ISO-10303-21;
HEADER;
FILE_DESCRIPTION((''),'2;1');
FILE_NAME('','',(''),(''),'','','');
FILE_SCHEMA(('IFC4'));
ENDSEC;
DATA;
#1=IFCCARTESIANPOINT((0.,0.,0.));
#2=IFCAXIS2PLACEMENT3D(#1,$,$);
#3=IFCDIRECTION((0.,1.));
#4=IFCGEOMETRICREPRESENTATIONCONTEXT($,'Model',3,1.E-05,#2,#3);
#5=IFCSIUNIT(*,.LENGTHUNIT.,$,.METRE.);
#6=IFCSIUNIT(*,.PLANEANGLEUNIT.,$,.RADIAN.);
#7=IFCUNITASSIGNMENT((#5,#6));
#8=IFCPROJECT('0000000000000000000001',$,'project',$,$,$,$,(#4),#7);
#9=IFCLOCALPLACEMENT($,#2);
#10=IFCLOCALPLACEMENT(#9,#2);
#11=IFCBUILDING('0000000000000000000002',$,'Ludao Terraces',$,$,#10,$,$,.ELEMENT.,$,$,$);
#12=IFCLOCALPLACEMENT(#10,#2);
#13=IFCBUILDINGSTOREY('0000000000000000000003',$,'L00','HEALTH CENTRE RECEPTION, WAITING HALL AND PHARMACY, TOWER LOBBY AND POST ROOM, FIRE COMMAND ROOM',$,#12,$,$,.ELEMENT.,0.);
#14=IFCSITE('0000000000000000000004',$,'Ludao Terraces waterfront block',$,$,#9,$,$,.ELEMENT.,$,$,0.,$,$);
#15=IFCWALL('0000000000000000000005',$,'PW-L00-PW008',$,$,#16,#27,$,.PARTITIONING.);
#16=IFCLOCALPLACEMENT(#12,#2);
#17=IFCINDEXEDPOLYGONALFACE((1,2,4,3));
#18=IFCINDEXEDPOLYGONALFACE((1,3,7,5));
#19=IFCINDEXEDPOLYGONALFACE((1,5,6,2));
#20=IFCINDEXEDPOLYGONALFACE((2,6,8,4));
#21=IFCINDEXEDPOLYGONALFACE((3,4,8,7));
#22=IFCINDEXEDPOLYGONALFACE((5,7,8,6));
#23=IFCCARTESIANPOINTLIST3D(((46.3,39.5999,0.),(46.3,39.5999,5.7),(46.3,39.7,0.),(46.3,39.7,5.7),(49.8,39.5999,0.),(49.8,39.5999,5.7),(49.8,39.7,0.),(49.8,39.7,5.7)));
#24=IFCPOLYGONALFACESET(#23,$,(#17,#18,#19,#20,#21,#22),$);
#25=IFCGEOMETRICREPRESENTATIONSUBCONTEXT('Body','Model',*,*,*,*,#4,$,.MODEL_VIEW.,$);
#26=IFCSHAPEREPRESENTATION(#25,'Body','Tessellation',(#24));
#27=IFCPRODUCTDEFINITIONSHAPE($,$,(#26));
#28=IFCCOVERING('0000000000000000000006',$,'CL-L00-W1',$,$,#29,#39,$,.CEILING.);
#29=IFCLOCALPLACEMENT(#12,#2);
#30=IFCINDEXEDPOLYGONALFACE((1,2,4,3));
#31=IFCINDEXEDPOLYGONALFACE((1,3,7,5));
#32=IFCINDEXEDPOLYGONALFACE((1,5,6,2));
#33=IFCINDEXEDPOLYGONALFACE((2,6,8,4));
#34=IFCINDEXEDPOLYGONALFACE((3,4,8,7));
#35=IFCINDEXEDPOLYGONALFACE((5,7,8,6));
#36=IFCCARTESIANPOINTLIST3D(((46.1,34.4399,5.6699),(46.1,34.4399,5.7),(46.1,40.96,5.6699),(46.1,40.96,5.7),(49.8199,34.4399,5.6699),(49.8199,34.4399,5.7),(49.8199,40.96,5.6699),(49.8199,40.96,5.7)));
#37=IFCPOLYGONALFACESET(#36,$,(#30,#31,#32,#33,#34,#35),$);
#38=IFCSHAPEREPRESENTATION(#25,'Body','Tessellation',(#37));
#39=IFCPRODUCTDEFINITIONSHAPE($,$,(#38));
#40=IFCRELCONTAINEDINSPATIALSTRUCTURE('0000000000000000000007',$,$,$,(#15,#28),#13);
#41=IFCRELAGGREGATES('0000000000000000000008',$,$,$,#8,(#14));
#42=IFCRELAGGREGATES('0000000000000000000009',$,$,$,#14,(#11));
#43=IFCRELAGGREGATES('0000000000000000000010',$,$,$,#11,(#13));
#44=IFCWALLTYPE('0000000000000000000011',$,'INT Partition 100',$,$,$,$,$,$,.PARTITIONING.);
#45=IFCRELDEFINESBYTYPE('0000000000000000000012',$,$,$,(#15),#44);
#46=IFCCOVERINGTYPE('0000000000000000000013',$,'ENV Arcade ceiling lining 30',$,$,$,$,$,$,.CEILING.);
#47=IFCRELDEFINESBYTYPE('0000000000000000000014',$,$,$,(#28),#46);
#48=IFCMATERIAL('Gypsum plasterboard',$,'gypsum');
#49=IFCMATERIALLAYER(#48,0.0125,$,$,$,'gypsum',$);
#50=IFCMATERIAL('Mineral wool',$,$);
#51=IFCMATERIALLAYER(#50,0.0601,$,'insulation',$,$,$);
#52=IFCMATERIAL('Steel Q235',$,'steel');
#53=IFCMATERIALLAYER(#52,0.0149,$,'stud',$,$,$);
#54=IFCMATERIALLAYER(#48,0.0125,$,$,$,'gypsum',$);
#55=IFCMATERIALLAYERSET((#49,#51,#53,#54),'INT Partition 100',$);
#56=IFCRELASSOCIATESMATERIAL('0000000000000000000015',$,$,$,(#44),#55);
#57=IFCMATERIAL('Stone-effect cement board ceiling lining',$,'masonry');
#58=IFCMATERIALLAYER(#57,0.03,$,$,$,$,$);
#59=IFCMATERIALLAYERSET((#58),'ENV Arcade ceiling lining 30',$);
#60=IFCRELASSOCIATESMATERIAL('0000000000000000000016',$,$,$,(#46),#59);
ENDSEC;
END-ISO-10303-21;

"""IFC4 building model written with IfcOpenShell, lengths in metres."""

from ifc_helpers import new_model, si_unit, direction, frame, frame_2d, origin, origin_2d, place, context, subcontext, project, spatial, rectangle, extrude, material, layer, layer_set, type_object, element, save


model = new_model("IFC4")

# Units and contexts
model_context = context("Model", 3, precision=1e-05, world=origin(), true_north=direction((0.0, 1.0)))
body_context = subcontext(model_context, "Body", "Model", "MODEL_VIEW")
ifc_project = project(units=[si_unit("LENGTHUNIT", "METRE"), si_unit("PLANEANGLEUNIT", "RADIAN")], contexts=[model_context])

# Site, building, storey
site_placement = place(None, origin())
site = spatial("IfcSite", under=ifc_project, at=site_placement, Name="Ludao Terraces waterfront block", CompositionType="ELEMENT", RefElevation=0.0)
building_placement = place(site_placement, origin())
building = spatial("IfcBuilding", under=site, at=building_placement, Name="Ludao Terraces", CompositionType="ELEMENT")
storey_placement = place(building_placement, origin())
storey = spatial("IfcBuildingStorey", under=building, at=storey_placement, Name="L00", Description="HEALTH CENTRE RECEPTION, WAITING HALL AND PHARMACY, TOWER LOBBY AND POST ROOM, FIRE COMMAND ROOM", CompositionType="ELEMENT", Elevation=0.0)

# Wall
ifc_material_1 = material(Name="Gypsum plasterboard", Category="gypsum")
ifc_layer_1 = layer(ifc_material_1, 0.0125, Category="gypsum")
ifc_material_2 = material(Name="Mineral wool")
ifc_layer_2 = layer(ifc_material_2, 0.0601, Name="insulation")
ifc_material_3 = material(Name="Steel Q235", Category="steel")
ifc_layer_3 = layer(ifc_material_3, 0.0149, Name="stud")
ifc_layer_4 = layer(ifc_material_1, 0.0125, Category="gypsum")
ifc_layer_set_1 = layer_set([ifc_layer_1, ifc_layer_2, ifc_layer_3, ifc_layer_4], Name="INT Partition 100")
wall_type = type_object("IfcWallType", Name="INT Partition 100", PredefinedType="PARTITIONING", material=ifc_layer_set_1)
for number, where, z_axis, x_axis, name in (
    (1, (46.3, 39.6499, 0.0), (0.0, 0.0, 1.0), (1.0, 0.0, 0.0), "PW-L00-PW008"),
):
    element("IfcWall", number, at=place(storey_placement, frame(where, z_axis=z_axis, x_axis=x_axis)), inside=storey, type_object=wall_type, Name=name, PredefinedType="PARTITIONING", context=body_context, shape_type="SweptSolid", body=[
        extrude(rectangle(XDim=3.5, YDim=0.1001, at=frame_2d((1.75, 0.0))), origin(), (0.0, 0.0, 1.0), 5.7),
    ])

# Covering
ifc_material_4 = material(Name="Stone-effect cement board ceiling lining", Category="masonry")
ifc_layer_5 = layer(ifc_material_4, 0.03)
ifc_layer_set_2 = layer_set([ifc_layer_5], Name="ENV Arcade ceiling lining 30")
covering_type = type_object("IfcCoveringType", Name="ENV Arcade ceiling lining 30", PredefinedType="CEILING", material=ifc_layer_set_2)
covering_placement = place(storey_placement, frame((47.96, 37.7, 5.6699), z_axis=(0.0, 0.0, 1.0), x_axis=(1.0, 0.0, 0.0)))
element("IfcCovering", 2, at=covering_placement, inside=storey, type_object=covering_type, Name="CL-L00-W1", PredefinedType="CEILING", context=body_context, shape_type="SweptSolid", body=[
    extrude(rectangle(XDim=3.72, YDim=6.52, at=origin_2d()), origin(), (0.0, 0.0, 1.0), 0.03),
])

save(model, "model.ifc")
